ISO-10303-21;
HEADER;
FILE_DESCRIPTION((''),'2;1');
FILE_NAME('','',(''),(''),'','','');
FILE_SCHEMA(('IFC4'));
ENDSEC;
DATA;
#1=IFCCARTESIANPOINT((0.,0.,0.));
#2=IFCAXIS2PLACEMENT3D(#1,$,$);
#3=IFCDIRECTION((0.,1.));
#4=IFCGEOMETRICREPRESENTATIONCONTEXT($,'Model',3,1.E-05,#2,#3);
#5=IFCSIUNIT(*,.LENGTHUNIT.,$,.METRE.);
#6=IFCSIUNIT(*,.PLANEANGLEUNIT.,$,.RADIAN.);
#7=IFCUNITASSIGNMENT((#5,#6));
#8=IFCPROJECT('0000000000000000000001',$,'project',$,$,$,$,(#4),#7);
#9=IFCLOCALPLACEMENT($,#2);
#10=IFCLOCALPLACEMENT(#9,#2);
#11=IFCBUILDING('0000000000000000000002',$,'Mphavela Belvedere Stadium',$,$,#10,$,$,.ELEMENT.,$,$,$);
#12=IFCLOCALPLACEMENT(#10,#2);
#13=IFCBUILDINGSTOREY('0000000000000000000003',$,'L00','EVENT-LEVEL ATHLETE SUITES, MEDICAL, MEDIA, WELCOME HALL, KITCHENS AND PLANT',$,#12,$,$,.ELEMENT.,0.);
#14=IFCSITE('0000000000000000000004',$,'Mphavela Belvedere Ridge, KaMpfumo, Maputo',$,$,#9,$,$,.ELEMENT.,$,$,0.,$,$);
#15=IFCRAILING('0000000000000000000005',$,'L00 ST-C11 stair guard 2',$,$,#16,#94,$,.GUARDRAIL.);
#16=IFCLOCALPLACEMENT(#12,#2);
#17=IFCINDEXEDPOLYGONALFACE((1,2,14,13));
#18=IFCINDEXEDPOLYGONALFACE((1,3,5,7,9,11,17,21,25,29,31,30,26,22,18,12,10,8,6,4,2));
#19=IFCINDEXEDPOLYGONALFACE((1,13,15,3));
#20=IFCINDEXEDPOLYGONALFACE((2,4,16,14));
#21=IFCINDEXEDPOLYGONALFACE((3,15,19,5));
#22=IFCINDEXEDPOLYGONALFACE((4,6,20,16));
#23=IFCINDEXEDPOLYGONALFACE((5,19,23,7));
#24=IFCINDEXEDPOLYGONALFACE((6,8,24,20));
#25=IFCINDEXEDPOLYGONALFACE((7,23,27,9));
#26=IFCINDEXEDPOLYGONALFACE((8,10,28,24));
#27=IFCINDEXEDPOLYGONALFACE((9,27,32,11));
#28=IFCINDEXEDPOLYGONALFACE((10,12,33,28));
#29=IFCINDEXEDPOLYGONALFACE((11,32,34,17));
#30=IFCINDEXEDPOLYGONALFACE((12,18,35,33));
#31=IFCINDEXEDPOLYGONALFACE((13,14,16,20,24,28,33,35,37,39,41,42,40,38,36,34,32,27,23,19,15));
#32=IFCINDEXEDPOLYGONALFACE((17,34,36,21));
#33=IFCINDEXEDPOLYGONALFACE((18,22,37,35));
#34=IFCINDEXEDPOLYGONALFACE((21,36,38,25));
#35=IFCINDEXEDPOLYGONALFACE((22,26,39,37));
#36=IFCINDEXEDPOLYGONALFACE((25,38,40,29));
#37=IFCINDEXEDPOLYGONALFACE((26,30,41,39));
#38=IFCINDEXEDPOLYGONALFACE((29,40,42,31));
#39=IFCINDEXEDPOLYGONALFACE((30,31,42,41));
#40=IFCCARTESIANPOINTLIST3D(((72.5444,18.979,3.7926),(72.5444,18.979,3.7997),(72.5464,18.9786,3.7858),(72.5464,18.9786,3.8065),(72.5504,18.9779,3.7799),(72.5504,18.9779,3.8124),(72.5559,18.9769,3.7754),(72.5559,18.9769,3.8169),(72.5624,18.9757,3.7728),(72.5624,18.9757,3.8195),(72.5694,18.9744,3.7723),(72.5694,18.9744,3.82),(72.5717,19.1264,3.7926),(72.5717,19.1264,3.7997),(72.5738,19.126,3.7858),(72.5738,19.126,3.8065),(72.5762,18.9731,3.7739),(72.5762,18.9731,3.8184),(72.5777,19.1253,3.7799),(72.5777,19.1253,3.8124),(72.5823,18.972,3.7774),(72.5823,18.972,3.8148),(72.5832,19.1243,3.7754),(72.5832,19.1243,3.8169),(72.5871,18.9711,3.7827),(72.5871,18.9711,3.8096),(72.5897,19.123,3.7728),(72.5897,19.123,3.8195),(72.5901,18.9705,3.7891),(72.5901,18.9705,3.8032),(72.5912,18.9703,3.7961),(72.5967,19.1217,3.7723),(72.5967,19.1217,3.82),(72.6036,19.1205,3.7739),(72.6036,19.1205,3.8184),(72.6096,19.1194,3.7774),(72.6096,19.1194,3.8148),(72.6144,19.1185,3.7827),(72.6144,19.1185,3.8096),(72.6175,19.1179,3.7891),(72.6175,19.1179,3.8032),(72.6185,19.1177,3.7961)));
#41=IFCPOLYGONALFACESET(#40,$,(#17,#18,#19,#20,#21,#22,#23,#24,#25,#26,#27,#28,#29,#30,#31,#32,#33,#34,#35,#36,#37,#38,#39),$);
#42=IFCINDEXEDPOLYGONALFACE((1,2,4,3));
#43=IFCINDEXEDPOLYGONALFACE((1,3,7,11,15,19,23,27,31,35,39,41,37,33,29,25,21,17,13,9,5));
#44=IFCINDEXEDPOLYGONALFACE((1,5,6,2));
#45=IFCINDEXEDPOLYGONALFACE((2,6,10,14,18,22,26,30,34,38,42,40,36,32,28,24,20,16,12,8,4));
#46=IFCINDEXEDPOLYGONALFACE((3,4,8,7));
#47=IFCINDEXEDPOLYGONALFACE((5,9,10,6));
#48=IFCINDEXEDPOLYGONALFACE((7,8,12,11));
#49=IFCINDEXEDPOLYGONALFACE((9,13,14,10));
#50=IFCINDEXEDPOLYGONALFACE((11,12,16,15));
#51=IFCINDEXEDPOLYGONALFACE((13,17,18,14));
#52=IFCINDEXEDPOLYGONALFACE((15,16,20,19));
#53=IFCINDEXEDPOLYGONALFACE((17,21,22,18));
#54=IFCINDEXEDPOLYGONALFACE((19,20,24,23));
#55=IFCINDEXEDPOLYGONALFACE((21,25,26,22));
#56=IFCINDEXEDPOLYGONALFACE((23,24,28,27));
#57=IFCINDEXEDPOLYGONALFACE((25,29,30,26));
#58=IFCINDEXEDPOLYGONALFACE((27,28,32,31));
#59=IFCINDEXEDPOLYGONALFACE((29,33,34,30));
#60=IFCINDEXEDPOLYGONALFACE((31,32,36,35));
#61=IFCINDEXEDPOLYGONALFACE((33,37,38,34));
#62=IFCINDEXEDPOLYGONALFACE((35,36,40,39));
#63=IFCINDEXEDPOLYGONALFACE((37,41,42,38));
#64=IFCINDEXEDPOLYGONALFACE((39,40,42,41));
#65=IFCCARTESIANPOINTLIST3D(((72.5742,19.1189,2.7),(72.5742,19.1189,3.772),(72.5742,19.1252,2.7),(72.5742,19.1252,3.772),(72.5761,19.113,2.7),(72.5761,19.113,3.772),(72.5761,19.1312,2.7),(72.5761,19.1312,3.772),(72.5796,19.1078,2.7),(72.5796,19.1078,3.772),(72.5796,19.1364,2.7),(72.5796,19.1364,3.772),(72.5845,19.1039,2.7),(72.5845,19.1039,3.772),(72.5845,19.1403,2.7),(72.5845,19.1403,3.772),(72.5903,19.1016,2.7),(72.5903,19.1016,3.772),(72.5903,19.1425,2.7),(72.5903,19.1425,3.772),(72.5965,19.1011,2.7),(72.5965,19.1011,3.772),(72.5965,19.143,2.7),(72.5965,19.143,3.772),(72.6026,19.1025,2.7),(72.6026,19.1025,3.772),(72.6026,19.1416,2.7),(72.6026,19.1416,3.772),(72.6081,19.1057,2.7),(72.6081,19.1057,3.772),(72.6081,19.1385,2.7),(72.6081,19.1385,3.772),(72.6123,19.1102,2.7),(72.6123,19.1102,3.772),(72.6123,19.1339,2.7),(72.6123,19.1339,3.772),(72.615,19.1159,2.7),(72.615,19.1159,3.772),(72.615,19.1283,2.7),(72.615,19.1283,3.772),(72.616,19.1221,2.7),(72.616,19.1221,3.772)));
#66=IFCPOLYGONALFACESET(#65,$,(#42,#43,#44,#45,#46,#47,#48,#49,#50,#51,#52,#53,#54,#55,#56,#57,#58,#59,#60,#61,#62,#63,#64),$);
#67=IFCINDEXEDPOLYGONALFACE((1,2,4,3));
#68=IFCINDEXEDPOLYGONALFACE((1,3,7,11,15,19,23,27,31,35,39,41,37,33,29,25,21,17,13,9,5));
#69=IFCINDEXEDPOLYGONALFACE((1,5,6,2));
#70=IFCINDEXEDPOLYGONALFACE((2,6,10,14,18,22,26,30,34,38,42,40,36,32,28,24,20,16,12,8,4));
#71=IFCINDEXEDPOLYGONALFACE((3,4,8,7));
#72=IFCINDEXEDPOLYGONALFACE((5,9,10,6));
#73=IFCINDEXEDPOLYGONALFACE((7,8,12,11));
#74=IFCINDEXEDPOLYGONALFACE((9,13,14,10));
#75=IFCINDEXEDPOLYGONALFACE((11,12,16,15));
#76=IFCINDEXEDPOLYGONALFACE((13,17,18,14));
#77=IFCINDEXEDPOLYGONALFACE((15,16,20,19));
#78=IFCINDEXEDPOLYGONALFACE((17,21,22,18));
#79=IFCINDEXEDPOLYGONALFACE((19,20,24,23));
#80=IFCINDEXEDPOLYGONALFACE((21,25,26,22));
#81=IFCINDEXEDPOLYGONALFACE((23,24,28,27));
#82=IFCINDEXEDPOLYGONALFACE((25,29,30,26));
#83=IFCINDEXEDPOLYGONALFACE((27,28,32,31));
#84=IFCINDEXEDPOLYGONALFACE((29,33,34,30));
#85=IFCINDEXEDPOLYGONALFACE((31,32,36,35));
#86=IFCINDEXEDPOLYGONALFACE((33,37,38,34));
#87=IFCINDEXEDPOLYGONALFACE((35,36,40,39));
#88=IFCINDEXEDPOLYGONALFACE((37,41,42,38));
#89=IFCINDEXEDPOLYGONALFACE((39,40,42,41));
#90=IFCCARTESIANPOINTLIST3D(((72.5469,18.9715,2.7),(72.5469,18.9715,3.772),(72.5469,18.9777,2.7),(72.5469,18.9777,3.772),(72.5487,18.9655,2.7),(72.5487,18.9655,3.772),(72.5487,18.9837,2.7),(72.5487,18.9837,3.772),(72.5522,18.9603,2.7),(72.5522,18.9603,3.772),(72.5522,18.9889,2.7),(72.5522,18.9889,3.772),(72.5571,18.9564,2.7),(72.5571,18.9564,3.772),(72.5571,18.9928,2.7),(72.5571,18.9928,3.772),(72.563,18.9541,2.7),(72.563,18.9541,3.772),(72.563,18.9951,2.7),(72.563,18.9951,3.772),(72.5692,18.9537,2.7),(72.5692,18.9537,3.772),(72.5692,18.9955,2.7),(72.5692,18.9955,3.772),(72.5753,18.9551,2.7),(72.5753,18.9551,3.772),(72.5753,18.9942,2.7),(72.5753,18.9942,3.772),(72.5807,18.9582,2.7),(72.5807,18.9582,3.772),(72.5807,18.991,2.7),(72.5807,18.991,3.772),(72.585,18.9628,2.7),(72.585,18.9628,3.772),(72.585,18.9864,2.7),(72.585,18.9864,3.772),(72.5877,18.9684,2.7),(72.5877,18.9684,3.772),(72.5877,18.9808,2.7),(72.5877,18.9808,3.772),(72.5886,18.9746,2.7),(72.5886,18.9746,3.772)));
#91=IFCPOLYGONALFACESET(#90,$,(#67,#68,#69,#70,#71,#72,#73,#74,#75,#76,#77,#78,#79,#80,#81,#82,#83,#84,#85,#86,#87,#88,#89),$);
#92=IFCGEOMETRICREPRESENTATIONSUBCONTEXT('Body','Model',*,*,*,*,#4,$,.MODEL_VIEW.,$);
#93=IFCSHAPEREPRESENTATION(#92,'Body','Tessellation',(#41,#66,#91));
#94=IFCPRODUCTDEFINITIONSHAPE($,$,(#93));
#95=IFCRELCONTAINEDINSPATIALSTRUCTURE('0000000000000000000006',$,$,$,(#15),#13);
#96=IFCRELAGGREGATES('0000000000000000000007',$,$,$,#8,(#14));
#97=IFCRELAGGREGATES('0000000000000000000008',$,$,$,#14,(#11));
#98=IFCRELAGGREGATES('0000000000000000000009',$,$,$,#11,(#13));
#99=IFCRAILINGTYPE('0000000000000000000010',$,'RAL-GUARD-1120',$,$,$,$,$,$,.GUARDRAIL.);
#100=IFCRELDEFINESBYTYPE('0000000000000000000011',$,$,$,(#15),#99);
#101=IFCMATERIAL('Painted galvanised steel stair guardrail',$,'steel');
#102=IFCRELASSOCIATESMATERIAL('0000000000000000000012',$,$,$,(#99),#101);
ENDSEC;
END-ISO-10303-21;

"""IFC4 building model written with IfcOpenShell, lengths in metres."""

from ifc_helpers import new_model, si_unit, direction, frame, origin, origin_2d, place, context, subcontext, project, spatial, circle, extrude, material, type_object, element, save


model = new_model("IFC4")

# Units and contexts
model_context = context("Model", 3, precision=1e-05, world=origin(), true_north=direction((0.0, 1.0)))
body_context = subcontext(model_context, "Body", "Model", "MODEL_VIEW")
ifc_project = project(units=[si_unit("LENGTHUNIT", "METRE"), si_unit("PLANEANGLEUNIT", "RADIAN")], contexts=[model_context])

# Site, building, storey
site_placement = place(None, origin())
site = spatial("IfcSite", under=ifc_project, at=site_placement, Name="Mphavela Belvedere Ridge, KaMpfumo, Maputo", CompositionType="ELEMENT", RefElevation=0.0)
building_placement = place(site_placement, origin())
building = spatial("IfcBuilding", under=site, at=building_placement, Name="Mphavela Belvedere Stadium", CompositionType="ELEMENT")
storey_placement = place(building_placement, origin())
storey = spatial("IfcBuildingStorey", under=building, at=storey_placement, Name="L00", Description="EVENT-LEVEL ATHLETE SUITES, MEDICAL, MEDIA, WELCOME HALL, KITCHENS AND PLANT", CompositionType="ELEMENT", Elevation=0.0)

# Railing
ifc_material_1 = material(Name="Painted galvanised steel stair guardrail", Category="steel")
railing_type_1 = type_object("IfcRailingType", Name="RAL-GUARD-1120", PredefinedType="GUARDRAIL", material=ifc_material_1)
railing_1_placement = place(storey_placement, frame((72.595, 19.1221, 2.7)))
element("IfcRailing", 1, at=railing_1_placement, inside=storey, type_object=railing_type_1, Name="L00 ST-C11 stair guard 2", PredefinedType="GUARDRAIL", context=body_context, shape_type="SweptSolid", body=[
    extrude(circle(Radius=0.0239, at=origin_2d()), frame((0.0, 0.0, 1.0962), z_axis=(-0.182322, -0.983239, 0.0), x_axis=(0.983239, -0.182322, 0.0)), (0.0, 0.0, 1.0), 0.1499),
    extrude(circle(Radius=0.021, at=origin_2d()), origin(), (0.0, 0.0, 1.0), 1.072),
    extrude(circle(Radius=0.021, at=origin_2d()), frame((-0.0273, -0.1475, 0.0)), (0.0, 0.0, 1.0), 1.072),
])

save(model, "model.ifc")
